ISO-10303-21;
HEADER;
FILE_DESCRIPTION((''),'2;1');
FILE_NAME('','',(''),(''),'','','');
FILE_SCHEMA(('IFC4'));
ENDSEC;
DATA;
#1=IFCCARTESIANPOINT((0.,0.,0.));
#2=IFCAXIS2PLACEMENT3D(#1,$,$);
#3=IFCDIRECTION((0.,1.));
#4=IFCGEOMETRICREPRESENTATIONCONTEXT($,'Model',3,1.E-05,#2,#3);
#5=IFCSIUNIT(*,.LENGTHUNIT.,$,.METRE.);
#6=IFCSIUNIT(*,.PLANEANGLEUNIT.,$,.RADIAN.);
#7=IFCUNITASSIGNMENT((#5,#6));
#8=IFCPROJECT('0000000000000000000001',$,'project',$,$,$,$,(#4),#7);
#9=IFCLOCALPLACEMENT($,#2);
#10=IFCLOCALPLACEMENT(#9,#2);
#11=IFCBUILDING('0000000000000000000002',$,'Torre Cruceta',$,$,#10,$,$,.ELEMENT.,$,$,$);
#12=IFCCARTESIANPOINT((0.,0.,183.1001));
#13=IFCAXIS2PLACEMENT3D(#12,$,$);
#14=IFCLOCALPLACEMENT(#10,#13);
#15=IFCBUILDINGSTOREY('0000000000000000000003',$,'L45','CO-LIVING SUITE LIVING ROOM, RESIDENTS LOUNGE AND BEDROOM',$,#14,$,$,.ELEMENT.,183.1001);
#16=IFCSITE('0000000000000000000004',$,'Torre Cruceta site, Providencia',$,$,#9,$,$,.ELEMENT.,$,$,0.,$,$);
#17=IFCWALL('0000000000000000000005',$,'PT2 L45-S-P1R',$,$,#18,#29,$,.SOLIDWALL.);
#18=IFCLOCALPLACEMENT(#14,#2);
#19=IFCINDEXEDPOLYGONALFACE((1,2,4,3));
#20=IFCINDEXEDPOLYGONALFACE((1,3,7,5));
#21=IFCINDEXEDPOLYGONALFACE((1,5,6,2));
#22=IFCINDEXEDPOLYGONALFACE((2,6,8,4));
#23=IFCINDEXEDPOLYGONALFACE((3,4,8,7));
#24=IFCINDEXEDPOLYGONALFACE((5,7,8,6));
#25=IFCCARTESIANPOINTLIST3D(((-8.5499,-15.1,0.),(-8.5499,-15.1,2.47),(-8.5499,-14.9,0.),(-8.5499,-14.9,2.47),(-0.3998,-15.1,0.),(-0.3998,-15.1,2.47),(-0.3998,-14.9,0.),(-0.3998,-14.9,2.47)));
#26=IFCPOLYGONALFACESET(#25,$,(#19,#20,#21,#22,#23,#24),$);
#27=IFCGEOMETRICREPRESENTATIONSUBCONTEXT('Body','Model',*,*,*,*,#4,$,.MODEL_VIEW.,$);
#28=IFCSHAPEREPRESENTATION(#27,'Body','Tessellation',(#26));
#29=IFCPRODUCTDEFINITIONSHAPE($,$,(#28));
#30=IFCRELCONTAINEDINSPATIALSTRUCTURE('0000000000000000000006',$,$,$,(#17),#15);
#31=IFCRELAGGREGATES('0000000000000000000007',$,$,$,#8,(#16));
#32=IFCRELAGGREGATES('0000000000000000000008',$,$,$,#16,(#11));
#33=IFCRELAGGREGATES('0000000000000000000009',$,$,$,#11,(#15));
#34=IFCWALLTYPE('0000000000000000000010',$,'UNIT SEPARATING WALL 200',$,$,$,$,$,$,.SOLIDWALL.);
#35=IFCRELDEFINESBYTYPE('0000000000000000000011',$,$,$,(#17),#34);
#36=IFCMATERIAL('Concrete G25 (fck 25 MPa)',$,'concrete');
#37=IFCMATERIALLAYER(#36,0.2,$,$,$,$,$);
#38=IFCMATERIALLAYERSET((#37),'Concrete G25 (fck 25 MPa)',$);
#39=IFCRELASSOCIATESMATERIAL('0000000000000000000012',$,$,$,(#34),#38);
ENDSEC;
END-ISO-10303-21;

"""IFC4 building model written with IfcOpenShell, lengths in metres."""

from ifc_helpers import new_model, si_unit, direction, frame, frame_2d, origin, place, context, subcontext, project, spatial, rectangle, extrude, material, layer, layer_set, type_object, element, save


model = new_model("IFC4")

# Units and contexts
model_context = context("Model", 3, precision=1e-05, world=origin(), true_north=direction((0.0, 1.0)))
body_context = subcontext(model_context, "Body", "Model", "MODEL_VIEW")
ifc_project = project(units=[si_unit("LENGTHUNIT", "METRE"), si_unit("PLANEANGLEUNIT", "RADIAN")], contexts=[model_context])

# Site, building, storey
site_placement = place(None, origin())
site = spatial("IfcSite", under=ifc_project, at=site_placement, Name="Torre Cruceta site, Providencia", CompositionType="ELEMENT", RefElevation=0.0)
building_placement = place(site_placement, origin())
building = spatial("IfcBuilding", under=site, at=building_placement, Name="Torre Cruceta", CompositionType="ELEMENT")
storey_placement = place(building_placement, frame((0.0, 0.0, 183.1001)))
storey = spatial("IfcBuildingStorey", under=building, at=storey_placement, Name="L45", Description="CO-LIVING SUITE LIVING ROOM, RESIDENTS LOUNGE AND BEDROOM", CompositionType="ELEMENT", Elevation=183.1001)

# Wall
ifc_material_1 = material(Name="Concrete G25 (fck 25 MPa)", Category="concrete")
ifc_layer_1 = layer(ifc_material_1, 0.2)
ifc_layer_set_1 = layer_set([ifc_layer_1], Name="Concrete G25 (fck 25 MPa)")
wall_type_1 = type_object("IfcWallType", Name="UNIT SEPARATING WALL 200", PredefinedType="SOLIDWALL", material=ifc_layer_set_1)
wall_1_placement = place(storey_placement, frame((-8.55, -15.0, 0.0), z_axis=(0.0, 0.0, 1.0), x_axis=(1.0, 0.0, 0.0)))
element("IfcWall", 1, at=wall_1_placement, inside=storey, type_object=wall_type_1, Name="PT2 L45-S-P1R", PredefinedType="SOLIDWALL", context=body_context, shape_type="SweptSolid", body=[
    extrude(rectangle(XDim=8.1501, YDim=0.2, at=frame_2d((4.0752, 0.0))), origin(), (0.0, 0.0, 1.0), 2.47),
])

save(model, "model.ifc")
